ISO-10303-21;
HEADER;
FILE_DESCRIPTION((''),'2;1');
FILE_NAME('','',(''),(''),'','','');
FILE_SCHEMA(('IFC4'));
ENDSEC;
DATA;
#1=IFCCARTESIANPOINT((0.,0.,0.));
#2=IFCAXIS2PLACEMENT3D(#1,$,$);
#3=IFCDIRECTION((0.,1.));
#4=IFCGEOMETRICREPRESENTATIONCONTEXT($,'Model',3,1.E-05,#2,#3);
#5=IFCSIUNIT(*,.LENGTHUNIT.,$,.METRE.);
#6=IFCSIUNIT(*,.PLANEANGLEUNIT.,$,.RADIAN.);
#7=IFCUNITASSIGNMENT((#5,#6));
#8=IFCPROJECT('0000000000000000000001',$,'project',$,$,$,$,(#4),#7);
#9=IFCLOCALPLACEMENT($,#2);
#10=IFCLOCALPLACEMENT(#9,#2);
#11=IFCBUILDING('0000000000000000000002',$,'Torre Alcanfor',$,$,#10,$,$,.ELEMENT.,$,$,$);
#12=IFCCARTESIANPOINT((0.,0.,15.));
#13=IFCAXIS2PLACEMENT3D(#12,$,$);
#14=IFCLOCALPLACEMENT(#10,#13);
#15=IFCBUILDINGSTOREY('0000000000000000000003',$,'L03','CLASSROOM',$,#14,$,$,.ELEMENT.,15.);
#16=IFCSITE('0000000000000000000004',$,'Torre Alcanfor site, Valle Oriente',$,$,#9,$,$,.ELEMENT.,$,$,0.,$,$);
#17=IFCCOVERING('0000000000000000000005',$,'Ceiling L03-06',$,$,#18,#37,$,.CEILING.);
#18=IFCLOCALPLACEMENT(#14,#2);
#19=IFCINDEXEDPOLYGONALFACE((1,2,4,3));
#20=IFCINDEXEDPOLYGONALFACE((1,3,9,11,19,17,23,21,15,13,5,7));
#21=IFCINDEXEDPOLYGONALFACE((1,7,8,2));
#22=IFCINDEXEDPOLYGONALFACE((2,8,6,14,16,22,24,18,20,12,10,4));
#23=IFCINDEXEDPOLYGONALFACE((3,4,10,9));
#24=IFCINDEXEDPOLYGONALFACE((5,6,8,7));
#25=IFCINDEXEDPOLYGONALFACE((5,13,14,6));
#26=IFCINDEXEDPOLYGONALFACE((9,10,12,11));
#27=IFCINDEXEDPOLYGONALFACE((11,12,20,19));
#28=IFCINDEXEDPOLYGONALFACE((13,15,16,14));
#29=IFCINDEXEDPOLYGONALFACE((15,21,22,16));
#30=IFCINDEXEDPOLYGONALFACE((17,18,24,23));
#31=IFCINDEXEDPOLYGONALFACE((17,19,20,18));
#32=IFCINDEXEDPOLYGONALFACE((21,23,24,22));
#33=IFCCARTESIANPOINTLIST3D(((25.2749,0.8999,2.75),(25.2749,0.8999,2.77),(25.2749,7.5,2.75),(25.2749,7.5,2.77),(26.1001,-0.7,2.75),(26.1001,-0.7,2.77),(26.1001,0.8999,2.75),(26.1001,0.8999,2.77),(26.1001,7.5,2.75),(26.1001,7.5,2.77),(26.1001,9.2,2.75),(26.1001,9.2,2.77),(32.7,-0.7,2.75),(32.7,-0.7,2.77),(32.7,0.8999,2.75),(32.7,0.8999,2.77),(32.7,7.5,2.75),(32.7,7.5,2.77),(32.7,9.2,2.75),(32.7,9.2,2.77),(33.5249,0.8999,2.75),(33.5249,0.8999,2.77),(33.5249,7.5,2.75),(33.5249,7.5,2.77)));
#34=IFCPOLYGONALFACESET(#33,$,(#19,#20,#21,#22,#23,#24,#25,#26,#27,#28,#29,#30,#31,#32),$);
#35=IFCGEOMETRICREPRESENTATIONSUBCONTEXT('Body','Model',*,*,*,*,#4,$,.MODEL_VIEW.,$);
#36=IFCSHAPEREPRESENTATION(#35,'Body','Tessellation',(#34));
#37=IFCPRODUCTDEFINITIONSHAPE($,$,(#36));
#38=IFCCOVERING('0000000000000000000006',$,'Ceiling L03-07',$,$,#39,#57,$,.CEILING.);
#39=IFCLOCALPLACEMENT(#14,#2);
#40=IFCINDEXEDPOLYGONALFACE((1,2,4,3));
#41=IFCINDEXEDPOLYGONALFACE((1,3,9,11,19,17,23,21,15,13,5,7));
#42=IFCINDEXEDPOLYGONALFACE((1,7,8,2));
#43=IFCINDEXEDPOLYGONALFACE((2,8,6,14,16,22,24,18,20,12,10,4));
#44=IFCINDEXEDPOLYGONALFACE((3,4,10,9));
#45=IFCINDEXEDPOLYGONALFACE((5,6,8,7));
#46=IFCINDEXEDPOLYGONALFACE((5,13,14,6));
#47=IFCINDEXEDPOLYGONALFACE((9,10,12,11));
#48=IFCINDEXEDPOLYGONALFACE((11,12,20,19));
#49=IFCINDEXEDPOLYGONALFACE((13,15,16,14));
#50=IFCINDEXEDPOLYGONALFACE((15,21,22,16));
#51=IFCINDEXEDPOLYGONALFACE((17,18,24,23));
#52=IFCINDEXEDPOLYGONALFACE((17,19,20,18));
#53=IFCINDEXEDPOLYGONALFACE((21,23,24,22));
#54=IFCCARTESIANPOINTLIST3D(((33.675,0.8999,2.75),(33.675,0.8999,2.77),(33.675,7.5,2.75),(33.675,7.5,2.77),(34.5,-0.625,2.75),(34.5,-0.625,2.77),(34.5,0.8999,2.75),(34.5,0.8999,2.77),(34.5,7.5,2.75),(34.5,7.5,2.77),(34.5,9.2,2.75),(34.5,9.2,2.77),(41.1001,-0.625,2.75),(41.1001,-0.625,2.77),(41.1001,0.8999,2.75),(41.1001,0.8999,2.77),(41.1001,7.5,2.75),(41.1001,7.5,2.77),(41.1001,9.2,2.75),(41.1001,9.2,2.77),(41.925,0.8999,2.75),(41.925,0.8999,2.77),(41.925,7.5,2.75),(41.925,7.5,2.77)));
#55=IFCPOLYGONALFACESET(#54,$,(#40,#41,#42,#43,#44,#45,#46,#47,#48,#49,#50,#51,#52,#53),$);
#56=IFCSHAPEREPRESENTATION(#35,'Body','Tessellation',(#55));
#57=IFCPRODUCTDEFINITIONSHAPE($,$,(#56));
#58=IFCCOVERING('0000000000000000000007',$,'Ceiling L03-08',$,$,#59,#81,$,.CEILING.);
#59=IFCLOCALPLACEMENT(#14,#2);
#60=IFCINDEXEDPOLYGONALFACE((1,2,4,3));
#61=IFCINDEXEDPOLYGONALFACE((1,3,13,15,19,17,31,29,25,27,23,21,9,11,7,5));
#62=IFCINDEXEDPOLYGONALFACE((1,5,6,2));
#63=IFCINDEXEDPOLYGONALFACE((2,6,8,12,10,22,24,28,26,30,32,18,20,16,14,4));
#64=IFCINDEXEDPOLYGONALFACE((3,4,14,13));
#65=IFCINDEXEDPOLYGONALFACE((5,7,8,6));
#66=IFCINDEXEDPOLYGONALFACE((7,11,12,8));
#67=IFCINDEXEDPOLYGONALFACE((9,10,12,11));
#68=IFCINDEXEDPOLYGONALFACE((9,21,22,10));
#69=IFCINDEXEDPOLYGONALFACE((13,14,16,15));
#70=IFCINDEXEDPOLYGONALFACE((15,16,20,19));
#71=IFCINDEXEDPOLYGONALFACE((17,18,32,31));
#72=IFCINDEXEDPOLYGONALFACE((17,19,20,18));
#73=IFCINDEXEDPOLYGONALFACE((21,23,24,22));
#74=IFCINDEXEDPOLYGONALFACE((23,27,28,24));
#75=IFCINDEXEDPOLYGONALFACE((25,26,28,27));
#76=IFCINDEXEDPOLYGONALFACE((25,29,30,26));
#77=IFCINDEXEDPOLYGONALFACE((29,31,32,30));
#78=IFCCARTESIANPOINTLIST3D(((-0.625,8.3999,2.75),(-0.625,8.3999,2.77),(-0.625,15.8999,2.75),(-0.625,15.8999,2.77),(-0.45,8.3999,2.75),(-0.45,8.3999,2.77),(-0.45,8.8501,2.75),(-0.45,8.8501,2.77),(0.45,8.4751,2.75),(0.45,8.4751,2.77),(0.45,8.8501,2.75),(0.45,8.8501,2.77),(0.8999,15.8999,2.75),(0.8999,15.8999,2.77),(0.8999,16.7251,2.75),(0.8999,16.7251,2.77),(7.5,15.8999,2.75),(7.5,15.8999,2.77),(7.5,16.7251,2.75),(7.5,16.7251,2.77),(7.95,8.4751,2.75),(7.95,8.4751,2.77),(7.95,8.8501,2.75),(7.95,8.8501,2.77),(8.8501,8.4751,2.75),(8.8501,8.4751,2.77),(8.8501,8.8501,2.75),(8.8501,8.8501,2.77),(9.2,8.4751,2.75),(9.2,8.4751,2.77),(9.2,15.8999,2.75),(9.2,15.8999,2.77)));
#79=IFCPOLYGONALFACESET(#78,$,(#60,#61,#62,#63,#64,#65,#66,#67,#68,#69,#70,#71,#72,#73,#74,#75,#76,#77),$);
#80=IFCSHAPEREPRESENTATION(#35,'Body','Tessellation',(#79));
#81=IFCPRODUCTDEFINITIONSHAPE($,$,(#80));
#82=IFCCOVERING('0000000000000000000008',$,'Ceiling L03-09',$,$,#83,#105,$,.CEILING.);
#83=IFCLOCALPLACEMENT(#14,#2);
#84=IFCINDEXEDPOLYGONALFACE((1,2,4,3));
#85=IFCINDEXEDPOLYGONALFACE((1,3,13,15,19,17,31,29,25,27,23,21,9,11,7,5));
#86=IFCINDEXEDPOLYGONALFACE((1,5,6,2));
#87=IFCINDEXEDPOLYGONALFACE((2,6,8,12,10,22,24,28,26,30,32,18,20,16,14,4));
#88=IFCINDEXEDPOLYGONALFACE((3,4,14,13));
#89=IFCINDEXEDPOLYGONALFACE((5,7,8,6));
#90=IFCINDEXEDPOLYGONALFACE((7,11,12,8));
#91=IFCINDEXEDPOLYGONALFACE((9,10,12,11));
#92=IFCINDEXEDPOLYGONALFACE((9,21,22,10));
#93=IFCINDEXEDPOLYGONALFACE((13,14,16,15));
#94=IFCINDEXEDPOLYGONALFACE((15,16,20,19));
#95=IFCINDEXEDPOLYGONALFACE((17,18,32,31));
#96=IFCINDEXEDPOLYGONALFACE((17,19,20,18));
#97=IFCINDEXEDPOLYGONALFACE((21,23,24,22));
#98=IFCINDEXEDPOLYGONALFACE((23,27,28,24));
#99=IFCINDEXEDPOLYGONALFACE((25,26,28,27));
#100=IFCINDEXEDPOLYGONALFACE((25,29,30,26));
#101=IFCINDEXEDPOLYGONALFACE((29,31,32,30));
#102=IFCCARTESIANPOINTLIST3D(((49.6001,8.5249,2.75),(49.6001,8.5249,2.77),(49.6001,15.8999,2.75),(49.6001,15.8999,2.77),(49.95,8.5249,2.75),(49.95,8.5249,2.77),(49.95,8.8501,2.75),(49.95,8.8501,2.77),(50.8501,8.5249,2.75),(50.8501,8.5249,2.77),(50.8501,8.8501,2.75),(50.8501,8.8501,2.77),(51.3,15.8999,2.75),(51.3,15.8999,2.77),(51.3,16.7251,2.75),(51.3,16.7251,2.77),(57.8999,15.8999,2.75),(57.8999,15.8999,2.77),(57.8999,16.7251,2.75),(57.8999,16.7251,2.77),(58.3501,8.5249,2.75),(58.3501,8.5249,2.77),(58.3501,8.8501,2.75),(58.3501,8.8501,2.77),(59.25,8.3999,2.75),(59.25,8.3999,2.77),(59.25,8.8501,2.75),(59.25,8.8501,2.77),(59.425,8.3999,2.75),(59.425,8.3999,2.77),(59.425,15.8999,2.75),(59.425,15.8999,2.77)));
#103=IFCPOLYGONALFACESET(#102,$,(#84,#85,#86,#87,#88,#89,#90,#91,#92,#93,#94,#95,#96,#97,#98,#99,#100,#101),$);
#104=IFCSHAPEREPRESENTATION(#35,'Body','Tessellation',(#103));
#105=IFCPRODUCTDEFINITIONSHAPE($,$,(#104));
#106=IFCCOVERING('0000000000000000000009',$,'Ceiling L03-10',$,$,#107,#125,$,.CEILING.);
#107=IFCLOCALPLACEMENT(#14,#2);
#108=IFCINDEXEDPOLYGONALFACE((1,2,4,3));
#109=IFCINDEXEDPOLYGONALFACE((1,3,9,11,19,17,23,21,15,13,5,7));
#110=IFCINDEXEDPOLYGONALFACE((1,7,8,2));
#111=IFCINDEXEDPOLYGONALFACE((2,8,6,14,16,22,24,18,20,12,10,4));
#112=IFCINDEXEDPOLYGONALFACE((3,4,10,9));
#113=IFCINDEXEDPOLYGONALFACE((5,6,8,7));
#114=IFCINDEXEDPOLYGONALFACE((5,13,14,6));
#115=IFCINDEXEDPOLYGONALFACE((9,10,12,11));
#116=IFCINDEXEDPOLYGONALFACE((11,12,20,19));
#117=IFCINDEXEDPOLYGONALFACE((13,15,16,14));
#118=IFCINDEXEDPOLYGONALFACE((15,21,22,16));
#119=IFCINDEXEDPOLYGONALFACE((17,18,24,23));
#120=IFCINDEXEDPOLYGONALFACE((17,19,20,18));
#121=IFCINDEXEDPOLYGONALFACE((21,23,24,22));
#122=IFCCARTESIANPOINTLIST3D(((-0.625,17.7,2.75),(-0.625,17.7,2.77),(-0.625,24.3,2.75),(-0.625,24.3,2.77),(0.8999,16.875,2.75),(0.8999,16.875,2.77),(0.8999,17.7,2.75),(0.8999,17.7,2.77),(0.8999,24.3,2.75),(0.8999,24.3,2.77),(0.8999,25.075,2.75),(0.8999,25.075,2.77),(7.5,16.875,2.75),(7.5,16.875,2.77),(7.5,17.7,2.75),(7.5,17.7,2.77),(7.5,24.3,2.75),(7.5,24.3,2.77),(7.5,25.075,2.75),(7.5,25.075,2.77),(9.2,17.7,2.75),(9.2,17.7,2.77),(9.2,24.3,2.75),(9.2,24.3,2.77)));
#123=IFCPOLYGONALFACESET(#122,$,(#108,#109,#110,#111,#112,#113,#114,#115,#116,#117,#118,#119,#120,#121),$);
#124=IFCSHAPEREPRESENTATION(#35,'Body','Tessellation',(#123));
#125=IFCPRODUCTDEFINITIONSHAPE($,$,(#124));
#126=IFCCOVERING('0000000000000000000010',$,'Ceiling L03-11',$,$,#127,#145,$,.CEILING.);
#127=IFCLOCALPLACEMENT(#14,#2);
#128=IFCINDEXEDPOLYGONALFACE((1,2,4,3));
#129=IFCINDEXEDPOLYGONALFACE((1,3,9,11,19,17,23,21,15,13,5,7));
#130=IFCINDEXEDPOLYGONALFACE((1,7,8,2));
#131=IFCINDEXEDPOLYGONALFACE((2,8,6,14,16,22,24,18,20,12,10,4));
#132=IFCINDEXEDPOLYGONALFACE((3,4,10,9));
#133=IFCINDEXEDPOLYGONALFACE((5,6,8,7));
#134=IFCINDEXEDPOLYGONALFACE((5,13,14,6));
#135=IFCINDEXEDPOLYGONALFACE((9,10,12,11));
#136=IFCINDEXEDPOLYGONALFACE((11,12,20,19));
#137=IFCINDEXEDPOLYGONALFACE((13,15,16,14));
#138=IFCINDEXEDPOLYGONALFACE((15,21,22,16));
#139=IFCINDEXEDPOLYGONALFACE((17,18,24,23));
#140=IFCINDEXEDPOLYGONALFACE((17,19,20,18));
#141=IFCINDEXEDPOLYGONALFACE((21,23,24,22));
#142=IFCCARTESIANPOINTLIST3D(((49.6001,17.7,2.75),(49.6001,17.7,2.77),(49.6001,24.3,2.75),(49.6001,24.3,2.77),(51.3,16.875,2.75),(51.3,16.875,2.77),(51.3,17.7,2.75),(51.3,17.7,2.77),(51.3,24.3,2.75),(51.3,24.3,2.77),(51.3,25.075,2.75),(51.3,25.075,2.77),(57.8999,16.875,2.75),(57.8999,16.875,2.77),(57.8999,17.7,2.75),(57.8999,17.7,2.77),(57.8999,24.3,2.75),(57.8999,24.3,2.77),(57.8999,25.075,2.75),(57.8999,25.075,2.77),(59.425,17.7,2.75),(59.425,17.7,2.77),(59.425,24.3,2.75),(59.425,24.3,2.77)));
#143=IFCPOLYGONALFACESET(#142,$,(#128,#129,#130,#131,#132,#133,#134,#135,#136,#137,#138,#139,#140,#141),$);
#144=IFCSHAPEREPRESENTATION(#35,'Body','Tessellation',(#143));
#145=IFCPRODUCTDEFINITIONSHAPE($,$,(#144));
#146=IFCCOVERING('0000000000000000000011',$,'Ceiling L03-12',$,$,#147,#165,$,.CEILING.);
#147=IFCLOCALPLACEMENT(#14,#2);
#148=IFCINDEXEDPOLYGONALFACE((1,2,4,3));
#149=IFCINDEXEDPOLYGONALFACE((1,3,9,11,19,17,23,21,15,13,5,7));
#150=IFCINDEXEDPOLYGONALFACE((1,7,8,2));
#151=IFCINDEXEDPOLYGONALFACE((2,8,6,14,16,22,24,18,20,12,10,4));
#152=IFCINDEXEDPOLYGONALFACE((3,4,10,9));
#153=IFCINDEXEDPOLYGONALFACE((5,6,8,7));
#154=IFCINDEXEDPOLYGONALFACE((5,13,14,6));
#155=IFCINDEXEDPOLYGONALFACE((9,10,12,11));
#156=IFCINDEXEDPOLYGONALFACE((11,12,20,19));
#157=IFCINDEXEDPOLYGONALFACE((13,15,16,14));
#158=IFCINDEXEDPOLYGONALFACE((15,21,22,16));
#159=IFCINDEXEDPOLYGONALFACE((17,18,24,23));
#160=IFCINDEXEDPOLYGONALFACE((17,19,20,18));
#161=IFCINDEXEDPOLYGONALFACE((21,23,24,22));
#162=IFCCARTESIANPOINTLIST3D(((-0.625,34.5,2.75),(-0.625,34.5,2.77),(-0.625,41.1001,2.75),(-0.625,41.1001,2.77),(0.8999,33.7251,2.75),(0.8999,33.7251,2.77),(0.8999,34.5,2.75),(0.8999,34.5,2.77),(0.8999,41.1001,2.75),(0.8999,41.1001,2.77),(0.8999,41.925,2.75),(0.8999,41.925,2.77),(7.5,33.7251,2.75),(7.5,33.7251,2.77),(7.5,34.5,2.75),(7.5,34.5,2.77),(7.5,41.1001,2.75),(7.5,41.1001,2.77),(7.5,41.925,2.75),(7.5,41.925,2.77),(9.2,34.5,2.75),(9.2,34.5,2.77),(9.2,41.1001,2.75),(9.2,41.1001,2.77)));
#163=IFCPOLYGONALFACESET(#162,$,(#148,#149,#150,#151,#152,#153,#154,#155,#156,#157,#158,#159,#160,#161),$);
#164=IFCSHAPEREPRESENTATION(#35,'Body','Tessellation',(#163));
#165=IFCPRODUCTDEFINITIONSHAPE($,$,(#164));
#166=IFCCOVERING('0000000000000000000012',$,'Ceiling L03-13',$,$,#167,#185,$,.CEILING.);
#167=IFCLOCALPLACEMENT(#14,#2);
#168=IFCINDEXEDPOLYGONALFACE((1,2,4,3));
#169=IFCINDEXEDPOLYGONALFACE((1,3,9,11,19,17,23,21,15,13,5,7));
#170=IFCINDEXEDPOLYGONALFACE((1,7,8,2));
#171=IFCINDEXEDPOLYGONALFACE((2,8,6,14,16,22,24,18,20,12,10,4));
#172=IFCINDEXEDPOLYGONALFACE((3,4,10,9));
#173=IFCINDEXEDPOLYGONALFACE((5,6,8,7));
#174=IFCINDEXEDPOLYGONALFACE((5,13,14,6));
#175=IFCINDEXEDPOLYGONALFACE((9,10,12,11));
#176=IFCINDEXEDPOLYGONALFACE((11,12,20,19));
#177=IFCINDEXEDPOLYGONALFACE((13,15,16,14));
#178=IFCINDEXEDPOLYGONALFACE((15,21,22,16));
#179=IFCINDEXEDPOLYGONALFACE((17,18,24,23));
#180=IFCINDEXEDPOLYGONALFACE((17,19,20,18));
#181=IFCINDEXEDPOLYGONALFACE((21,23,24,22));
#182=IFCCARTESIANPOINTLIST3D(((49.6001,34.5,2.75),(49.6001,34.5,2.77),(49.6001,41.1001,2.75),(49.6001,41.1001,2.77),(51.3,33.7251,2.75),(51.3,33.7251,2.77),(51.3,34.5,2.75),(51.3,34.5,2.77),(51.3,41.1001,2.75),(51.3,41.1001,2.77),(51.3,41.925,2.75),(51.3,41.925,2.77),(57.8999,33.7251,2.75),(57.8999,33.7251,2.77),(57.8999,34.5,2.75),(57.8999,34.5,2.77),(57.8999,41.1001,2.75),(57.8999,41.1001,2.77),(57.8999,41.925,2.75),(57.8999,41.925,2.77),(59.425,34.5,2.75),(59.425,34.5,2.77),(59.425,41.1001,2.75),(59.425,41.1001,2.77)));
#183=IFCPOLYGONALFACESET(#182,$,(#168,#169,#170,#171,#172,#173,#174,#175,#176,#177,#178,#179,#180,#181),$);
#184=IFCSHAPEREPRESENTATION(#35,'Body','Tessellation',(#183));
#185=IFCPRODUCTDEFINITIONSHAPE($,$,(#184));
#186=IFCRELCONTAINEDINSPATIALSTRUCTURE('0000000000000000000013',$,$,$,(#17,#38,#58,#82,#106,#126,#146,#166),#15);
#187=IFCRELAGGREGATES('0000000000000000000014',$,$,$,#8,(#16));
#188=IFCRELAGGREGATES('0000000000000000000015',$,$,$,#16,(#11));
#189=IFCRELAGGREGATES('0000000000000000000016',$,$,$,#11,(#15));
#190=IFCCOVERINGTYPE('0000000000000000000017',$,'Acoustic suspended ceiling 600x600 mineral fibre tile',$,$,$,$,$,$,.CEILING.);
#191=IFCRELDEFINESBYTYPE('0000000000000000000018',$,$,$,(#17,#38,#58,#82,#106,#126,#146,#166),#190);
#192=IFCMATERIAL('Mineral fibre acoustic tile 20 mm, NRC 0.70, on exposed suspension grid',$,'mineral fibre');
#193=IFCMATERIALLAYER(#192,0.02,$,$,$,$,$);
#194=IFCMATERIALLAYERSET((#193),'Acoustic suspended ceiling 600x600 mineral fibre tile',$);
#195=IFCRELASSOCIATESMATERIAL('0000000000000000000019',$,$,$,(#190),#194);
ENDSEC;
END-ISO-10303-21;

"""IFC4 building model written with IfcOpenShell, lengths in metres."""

from ifc_helpers import new_model, si_unit, direction, frame, origin, place, context, subcontext, project, spatial, polyline, outline, extrude, material, layer, layer_set, type_object, element, save


model = new_model("IFC4")

# Units and contexts
model_context = context("Model", 3, precision=1e-05, world=origin(), true_north=direction((0.0, 1.0)))
body_context = subcontext(model_context, "Body", "Model", "MODEL_VIEW")
ifc_project = project(units=[si_unit("LENGTHUNIT", "METRE"), si_unit("PLANEANGLEUNIT", "RADIAN")], contexts=[model_context])

# Site, building, storey
site_placement = place(None, origin())
site = spatial("IfcSite", under=ifc_project, at=site_placement, Name="Torre Alcanfor site, Valle Oriente", CompositionType="ELEMENT", RefElevation=0.0)
building_placement = place(site_placement, origin())
building = spatial("IfcBuilding", under=site, at=building_placement, Name="Torre Alcanfor", CompositionType="ELEMENT")
storey_placement = place(building_placement, frame((0.0, 0.0, 15.0)))
storey = spatial("IfcBuildingStorey", under=building, at=storey_placement, Name="L03", Description="CLASSROOM", CompositionType="ELEMENT", Elevation=15.0)

# Coverings
ifc_material_1 = material(Name="Mineral fibre acoustic tile 20 mm, NRC 0.70, on exposed suspension grid", Category="mineral fibre")
ifc_layer_1 = layer(ifc_material_1, 0.02)
ifc_layer_set_1 = layer_set([ifc_layer_1], Name="Acoustic suspended ceiling 600x600 mineral fibre tile")
covering_type = type_object("IfcCoveringType", Name="Acoustic suspended ceiling 600x600 mineral fibre tile", PredefinedType="CEILING", material=ifc_layer_set_1)
covering_1_placement = place(storey_placement, frame((0.0, 0.0, 2.75)))
element("IfcCovering", 1, at=covering_1_placement, inside=storey, type_object=covering_type, Name="Ceiling L03-06", PredefinedType="CEILING", context=body_context, shape_type="SweptSolid", body=[
    extrude(outline(polyline([(33.5249, 7.5), (32.7, 7.5), (32.7, 9.2), (26.1001, 9.2), (26.1001, 7.5), (25.2749, 7.5), (25.2749, 0.8999), (26.1001, 0.8999), (26.1001, -0.7), (32.7, -0.7), (32.7, 0.8999), (33.5249, 0.8999), (33.5249, 7.5)])), origin(), (0.0, 0.0, 1.0), 0.02),
])
covering_2_placement = place(storey_placement, frame((0.0, 0.0, 2.75)))
element("IfcCovering", 2, at=covering_2_placement, inside=storey, type_object=covering_type, Name="Ceiling L03-07", PredefinedType="CEILING", context=body_context, shape_type="SweptSolid", body=[
    extrude(outline(polyline([(41.925, 7.5), (41.1001, 7.5), (41.1001, 9.2), (34.5, 9.2), (34.5, 7.5), (33.675, 7.5), (33.675, 0.8999), (34.5, 0.8999), (34.5, -0.625), (41.1001, -0.625), (41.1001, 0.8999), (41.925, 0.8999), (41.925, 7.5)])), origin(), (0.0, 0.0, 1.0), 0.02),
])
covering_3_placement = place(storey_placement, frame((0.0, 0.0, 2.75)))
element("IfcCovering", 3, at=covering_3_placement, inside=storey, type_object=covering_type, Name="Ceiling L03-08", PredefinedType="CEILING", context=body_context, shape_type="SweptSolid", body=[
    extrude(outline(polyline([(0.8999, 16.7251), (0.8999, 15.8999), (-0.625, 15.8999), (-0.625, 8.3999), (-0.45, 8.3999), (-0.45, 8.8501), (0.45, 8.8501), (0.45, 8.4751), (7.95, 8.4751), (7.95, 8.8501), (8.8501, 8.8501), (8.8501, 8.4751), (9.2, 8.4751), (9.2, 15.8999), (7.5, 15.8999), (7.5, 16.7251), (0.8999, 16.7251)])), origin(), (0.0, 0.0, 1.0), 0.02),
])
covering_4_placement = place(storey_placement, frame((0.0, 0.0, 2.75)))
element("IfcCovering", 4, at=covering_4_placement, inside=storey, type_object=covering_type, Name="Ceiling L03-09", PredefinedType="CEILING", context=body_context, shape_type="SweptSolid", body=[
    extrude(outline(polyline([(59.25, 8.8501), (59.25, 8.3999), (59.425, 8.3999), (59.425, 15.8999), (57.8999, 15.8999), (57.8999, 16.7251), (51.3, 16.7251), (51.3, 15.8999), (49.6001, 15.8999), (49.6001, 8.5249), (49.95, 8.5249), (49.95, 8.8501), (50.8501, 8.8501), (50.8501, 8.5249), (58.3501, 8.5249), (58.3501, 8.8501), (59.25, 8.8501)])), origin(), (0.0, 0.0, 1.0), 0.02),
])
covering_5_placement = place(storey_placement, frame((0.0, 0.0, 2.75)))
element("IfcCovering", 5, at=covering_5_placement, inside=storey, type_object=covering_type, Name="Ceiling L03-10", PredefinedType="CEILING", context=body_context, shape_type="SweptSolid", body=[
    extrude(outline(polyline([(0.8999, 25.075), (0.8999, 24.3), (-0.625, 24.3), (-0.625, 17.7), (0.8999, 17.7), (0.8999, 16.875), (7.5, 16.875), (7.5, 17.7), (9.2, 17.7), (9.2, 24.3), (7.5, 24.3), (7.5, 25.075), (0.8999, 25.075)])), origin(), (0.0, 0.0, 1.0), 0.02),
])
covering_6_placement = place(storey_placement, frame((0.0, 0.0, 2.75)))
element("IfcCovering", 6, at=covering_6_placement, inside=storey, type_object=covering_type, Name="Ceiling L03-11", PredefinedType="CEILING", context=body_context, shape_type="SweptSolid", body=[
    extrude(outline(polyline([(57.8999, 16.875), (57.8999, 17.7), (59.425, 17.7), (59.425, 24.3), (57.8999, 24.3), (57.8999, 25.075), (51.3, 25.075), (51.3, 24.3), (49.6001, 24.3), (49.6001, 17.7), (51.3, 17.7), (51.3, 16.875), (57.8999, 16.875)])), origin(), (0.0, 0.0, 1.0), 0.02),
])
covering_7_placement = place(storey_placement, frame((0.0, 0.0, 2.75)))
element("IfcCovering", 7, at=covering_7_placement, inside=storey, type_object=covering_type, Name="Ceiling L03-12", PredefinedType="CEILING", context=body_context, shape_type="SweptSolid", body=[
    extrude(outline(polyline([(0.8999, 41.925), (0.8999, 41.1001), (-0.625, 41.1001), (-0.625, 34.5), (0.8999, 34.5), (0.8999, 33.7251), (7.5, 33.7251), (7.5, 34.5), (9.2, 34.5), (9.2, 41.1001), (7.5, 41.1001), (7.5, 41.925), (0.8999, 41.925)])), origin(), (0.0, 0.0, 1.0), 0.02),
])
covering_8_placement = place(storey_placement, frame((0.0, 0.0, 2.75)))
element("IfcCovering", 8, at=covering_8_placement, inside=storey, type_object=covering_type, Name="Ceiling L03-13", PredefinedType="CEILING", context=body_context, shape_type="SweptSolid", body=[
    extrude(outline(polyline([(57.8999, 33.7251), (57.8999, 34.5), (59.425, 34.5), (59.425, 41.1001), (57.8999, 41.1001), (57.8999, 41.925), (51.3, 41.925), (51.3, 41.1001), (49.6001, 41.1001), (49.6001, 34.5), (51.3, 34.5), (51.3, 33.7251), (57.8999, 33.7251)])), origin(), (0.0, 0.0, 1.0), 0.02),
])

save(model, "model.ifc")
